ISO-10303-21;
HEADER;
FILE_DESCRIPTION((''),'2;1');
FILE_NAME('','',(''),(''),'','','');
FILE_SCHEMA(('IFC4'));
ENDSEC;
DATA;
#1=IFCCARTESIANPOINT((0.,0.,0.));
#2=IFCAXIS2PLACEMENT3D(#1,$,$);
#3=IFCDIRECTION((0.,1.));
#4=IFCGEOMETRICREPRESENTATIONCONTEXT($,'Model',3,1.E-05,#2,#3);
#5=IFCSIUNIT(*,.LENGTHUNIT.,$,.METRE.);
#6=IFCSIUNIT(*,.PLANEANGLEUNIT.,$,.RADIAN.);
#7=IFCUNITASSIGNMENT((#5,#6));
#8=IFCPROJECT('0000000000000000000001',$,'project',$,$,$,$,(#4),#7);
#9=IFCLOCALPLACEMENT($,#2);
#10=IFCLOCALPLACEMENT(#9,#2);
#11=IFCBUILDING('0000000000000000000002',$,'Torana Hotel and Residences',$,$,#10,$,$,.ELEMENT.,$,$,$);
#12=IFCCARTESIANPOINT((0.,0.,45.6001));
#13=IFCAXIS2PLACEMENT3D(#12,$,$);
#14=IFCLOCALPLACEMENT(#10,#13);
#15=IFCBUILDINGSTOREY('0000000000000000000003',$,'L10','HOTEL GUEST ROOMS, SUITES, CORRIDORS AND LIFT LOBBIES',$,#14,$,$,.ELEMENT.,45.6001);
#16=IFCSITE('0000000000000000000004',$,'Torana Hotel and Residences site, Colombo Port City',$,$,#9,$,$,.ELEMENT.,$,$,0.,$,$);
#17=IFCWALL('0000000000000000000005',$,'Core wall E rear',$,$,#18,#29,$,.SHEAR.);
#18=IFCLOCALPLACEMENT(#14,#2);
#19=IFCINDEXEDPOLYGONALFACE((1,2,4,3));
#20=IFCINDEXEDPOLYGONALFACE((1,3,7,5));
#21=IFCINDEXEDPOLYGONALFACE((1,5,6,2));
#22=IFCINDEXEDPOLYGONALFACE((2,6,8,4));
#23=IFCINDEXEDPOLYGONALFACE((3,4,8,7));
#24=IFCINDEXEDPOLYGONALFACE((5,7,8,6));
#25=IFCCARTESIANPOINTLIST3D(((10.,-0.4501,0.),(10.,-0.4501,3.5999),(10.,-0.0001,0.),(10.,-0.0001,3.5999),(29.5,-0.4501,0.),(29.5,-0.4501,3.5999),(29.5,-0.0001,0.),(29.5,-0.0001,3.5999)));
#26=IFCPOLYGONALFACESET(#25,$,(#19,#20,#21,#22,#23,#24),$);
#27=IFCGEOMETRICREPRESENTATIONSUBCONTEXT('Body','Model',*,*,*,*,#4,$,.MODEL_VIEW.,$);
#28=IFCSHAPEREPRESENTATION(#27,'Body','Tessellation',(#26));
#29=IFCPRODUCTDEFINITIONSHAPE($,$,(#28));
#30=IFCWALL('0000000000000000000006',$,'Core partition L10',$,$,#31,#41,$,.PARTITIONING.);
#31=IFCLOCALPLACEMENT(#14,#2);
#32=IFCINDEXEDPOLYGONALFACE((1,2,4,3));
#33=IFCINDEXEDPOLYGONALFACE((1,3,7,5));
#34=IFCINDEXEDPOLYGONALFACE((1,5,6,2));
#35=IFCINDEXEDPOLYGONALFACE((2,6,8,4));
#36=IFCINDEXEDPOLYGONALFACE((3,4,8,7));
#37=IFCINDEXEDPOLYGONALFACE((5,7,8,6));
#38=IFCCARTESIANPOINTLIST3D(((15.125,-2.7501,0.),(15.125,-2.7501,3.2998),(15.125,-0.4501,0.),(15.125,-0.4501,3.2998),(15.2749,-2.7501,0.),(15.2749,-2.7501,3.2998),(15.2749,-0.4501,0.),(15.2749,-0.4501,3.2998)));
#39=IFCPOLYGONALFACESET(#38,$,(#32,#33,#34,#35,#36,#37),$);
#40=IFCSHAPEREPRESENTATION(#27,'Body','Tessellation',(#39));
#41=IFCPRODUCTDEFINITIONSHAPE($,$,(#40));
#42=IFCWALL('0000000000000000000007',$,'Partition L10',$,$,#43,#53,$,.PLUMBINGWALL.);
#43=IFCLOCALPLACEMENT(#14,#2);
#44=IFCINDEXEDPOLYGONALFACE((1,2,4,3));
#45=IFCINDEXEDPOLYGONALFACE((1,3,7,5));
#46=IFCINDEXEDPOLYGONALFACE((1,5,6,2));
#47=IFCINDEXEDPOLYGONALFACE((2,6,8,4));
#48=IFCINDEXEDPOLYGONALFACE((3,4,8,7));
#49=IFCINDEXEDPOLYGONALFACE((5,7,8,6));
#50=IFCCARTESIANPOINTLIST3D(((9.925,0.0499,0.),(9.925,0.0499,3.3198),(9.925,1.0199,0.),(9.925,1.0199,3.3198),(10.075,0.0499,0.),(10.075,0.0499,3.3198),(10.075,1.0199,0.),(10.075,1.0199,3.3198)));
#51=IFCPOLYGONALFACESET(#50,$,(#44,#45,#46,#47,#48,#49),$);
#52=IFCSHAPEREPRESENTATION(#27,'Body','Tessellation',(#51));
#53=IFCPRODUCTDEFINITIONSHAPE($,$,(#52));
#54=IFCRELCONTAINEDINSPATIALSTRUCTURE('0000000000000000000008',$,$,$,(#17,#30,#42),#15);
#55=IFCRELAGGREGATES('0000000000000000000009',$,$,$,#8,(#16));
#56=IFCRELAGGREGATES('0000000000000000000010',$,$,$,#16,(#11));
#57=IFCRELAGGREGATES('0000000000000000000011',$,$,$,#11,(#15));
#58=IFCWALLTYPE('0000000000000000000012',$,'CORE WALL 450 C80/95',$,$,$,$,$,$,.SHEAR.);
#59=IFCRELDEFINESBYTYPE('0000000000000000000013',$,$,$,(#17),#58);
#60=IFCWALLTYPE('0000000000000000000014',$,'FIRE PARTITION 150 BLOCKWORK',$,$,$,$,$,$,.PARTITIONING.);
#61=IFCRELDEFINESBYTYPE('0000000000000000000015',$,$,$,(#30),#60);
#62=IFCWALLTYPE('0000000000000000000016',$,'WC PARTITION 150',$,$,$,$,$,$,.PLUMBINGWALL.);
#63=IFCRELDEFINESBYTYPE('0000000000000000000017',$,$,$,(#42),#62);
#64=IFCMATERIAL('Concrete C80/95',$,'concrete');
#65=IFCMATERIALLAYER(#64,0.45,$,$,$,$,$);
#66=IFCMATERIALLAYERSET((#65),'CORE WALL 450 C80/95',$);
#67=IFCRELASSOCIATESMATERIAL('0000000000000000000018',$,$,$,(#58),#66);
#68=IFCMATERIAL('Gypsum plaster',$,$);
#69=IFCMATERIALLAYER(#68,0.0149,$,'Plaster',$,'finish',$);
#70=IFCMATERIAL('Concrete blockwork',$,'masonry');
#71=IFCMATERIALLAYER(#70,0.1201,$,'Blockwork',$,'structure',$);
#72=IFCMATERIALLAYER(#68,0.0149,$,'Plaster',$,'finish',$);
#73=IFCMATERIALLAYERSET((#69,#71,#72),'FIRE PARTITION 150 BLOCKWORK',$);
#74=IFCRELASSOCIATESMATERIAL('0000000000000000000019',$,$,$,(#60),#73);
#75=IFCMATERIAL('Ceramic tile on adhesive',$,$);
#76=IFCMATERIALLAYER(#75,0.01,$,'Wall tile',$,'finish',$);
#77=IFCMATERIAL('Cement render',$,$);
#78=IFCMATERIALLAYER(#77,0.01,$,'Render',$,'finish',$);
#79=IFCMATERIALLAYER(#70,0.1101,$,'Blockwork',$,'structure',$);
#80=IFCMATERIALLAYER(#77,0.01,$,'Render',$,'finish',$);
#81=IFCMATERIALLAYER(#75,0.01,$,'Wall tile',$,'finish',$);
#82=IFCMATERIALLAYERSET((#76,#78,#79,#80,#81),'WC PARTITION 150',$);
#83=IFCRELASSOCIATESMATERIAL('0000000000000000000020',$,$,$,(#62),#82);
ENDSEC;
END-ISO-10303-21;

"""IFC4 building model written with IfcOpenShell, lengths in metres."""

from ifc_helpers import new_model, si_unit, direction, frame, frame_2d, origin, place, context, subcontext, project, spatial, rectangle, extrude, material, layer, layer_set, type_object, element, save


model = new_model("IFC4")

# Units and contexts
model_context = context("Model", 3, precision=1e-05, world=origin(), true_north=direction((0.0, 1.0)))
body_context = subcontext(model_context, "Body", "Model", "MODEL_VIEW")
ifc_project = project(units=[si_unit("LENGTHUNIT", "METRE"), si_unit("PLANEANGLEUNIT", "RADIAN")], contexts=[model_context])

# Site, building, storey
site_placement = place(None, origin())
site = spatial("IfcSite", under=ifc_project, at=site_placement, Name="Torana Hotel and Residences site, Colombo Port City", CompositionType="ELEMENT", RefElevation=0.0)
building_placement = place(site_placement, origin())
building = spatial("IfcBuilding", under=site, at=building_placement, Name="Torana Hotel and Residences", CompositionType="ELEMENT")
storey_placement = place(building_placement, frame((0.0, 0.0, 45.6001)))
storey = spatial("IfcBuildingStorey", under=building, at=storey_placement, Name="L10", Description="HOTEL GUEST ROOMS, SUITES, CORRIDORS AND LIFT LOBBIES", CompositionType="ELEMENT", Elevation=45.6001)

# Walls
ifc_material_1 = material(Name="Concrete C80/95", Category="concrete")
ifc_layer_1 = layer(ifc_material_1, 0.45)
ifc_layer_set_1 = layer_set([ifc_layer_1], Name="CORE WALL 450 C80/95")
wall_type_1 = type_object("IfcWallType", Name="CORE WALL 450 C80/95", PredefinedType="SHEAR", material=ifc_layer_set_1)
wall_1_placement = place(storey_placement, frame((10.0, -0.2251, 0.0), z_axis=(0.0, 0.0, 1.0), x_axis=(1.0, 0.0, 0.0)))
element("IfcWall", 1, at=wall_1_placement, inside=storey, type_object=wall_type_1, Name="Core wall E rear", PredefinedType="SHEAR", context=body_context, shape_type="SweptSolid", body=[
    extrude(rectangle(XDim=19.5, YDim=0.45, at=frame_2d((9.75, 0.0))), origin(), (0.0, 0.0, 1.0), 3.5999),
])
ifc_material_2 = material(Name="Gypsum plaster")
ifc_layer_2 = layer(ifc_material_2, 0.0149, Name="Plaster", Category="finish")
ifc_material_3 = material(Name="Concrete blockwork", Category="masonry")
ifc_layer_3 = layer(ifc_material_3, 0.1201, Name="Blockwork", Category="structure")
ifc_layer_4 = layer(ifc_material_2, 0.0149, Name="Plaster", Category="finish")
ifc_layer_set_2 = layer_set([ifc_layer_2, ifc_layer_3, ifc_layer_4], Name="FIRE PARTITION 150 BLOCKWORK")
wall_type_2 = type_object("IfcWallType", Name="FIRE PARTITION 150 BLOCKWORK", PredefinedType="PARTITIONING", material=ifc_layer_set_2)
wall_2_placement = place(storey_placement, frame((15.2, -2.75, 0.0), z_axis=(0.0, 0.0, 1.0), x_axis=(0.0, 1.0, 0.0)))
element("IfcWall", 2, at=wall_2_placement, inside=storey, type_object=wall_type_2, Name="Core partition L10", PredefinedType="PARTITIONING", context=body_context, shape_type="SweptSolid", body=[
    extrude(rectangle(XDim=2.3, YDim=0.1499, at=frame_2d((1.1499, 0.0))), origin(), (0.0, 0.0, 1.0), 3.2998),
])
ifc_material_4 = material(Name="Ceramic tile on adhesive")
ifc_layer_5 = layer(ifc_material_4, 0.01, Name="Wall tile", Category="finish")
ifc_material_5 = material(Name="Cement render")
ifc_layer_6 = layer(ifc_material_5, 0.01, Name="Render", Category="finish")
ifc_layer_7 = layer(ifc_material_3, 0.1101, Name="Blockwork", Category="structure")
ifc_layer_8 = layer(ifc_material_5, 0.01, Name="Render", Category="finish")
ifc_layer_9 = layer(ifc_material_4, 0.01, Name="Wall tile", Category="finish")
ifc_layer_set_3 = layer_set([ifc_layer_5, ifc_layer_6, ifc_layer_7, ifc_layer_8, ifc_layer_9], Name="WC PARTITION 150")
wall_type_3 = type_object("IfcWallType", Name="WC PARTITION 150", PredefinedType="PLUMBINGWALL", material=ifc_layer_set_3)
wall_3_placement = place(storey_placement, frame((10.0, 0.05, 0.0), z_axis=(0.0, 0.0, 1.0), x_axis=(0.0, 1.0, 0.0)))
element("IfcWall", 3, at=wall_3_placement, inside=storey, type_object=wall_type_3, Name="Partition L10", PredefinedType="PLUMBINGWALL", context=body_context, shape_type="SweptSolid", body=[
    extrude(rectangle(XDim=0.97, YDim=0.1499, at=frame_2d((0.4849, 0.0))), origin(), (0.0, 0.0, 1.0), 3.3198),
])

save(model, "model.ifc")
